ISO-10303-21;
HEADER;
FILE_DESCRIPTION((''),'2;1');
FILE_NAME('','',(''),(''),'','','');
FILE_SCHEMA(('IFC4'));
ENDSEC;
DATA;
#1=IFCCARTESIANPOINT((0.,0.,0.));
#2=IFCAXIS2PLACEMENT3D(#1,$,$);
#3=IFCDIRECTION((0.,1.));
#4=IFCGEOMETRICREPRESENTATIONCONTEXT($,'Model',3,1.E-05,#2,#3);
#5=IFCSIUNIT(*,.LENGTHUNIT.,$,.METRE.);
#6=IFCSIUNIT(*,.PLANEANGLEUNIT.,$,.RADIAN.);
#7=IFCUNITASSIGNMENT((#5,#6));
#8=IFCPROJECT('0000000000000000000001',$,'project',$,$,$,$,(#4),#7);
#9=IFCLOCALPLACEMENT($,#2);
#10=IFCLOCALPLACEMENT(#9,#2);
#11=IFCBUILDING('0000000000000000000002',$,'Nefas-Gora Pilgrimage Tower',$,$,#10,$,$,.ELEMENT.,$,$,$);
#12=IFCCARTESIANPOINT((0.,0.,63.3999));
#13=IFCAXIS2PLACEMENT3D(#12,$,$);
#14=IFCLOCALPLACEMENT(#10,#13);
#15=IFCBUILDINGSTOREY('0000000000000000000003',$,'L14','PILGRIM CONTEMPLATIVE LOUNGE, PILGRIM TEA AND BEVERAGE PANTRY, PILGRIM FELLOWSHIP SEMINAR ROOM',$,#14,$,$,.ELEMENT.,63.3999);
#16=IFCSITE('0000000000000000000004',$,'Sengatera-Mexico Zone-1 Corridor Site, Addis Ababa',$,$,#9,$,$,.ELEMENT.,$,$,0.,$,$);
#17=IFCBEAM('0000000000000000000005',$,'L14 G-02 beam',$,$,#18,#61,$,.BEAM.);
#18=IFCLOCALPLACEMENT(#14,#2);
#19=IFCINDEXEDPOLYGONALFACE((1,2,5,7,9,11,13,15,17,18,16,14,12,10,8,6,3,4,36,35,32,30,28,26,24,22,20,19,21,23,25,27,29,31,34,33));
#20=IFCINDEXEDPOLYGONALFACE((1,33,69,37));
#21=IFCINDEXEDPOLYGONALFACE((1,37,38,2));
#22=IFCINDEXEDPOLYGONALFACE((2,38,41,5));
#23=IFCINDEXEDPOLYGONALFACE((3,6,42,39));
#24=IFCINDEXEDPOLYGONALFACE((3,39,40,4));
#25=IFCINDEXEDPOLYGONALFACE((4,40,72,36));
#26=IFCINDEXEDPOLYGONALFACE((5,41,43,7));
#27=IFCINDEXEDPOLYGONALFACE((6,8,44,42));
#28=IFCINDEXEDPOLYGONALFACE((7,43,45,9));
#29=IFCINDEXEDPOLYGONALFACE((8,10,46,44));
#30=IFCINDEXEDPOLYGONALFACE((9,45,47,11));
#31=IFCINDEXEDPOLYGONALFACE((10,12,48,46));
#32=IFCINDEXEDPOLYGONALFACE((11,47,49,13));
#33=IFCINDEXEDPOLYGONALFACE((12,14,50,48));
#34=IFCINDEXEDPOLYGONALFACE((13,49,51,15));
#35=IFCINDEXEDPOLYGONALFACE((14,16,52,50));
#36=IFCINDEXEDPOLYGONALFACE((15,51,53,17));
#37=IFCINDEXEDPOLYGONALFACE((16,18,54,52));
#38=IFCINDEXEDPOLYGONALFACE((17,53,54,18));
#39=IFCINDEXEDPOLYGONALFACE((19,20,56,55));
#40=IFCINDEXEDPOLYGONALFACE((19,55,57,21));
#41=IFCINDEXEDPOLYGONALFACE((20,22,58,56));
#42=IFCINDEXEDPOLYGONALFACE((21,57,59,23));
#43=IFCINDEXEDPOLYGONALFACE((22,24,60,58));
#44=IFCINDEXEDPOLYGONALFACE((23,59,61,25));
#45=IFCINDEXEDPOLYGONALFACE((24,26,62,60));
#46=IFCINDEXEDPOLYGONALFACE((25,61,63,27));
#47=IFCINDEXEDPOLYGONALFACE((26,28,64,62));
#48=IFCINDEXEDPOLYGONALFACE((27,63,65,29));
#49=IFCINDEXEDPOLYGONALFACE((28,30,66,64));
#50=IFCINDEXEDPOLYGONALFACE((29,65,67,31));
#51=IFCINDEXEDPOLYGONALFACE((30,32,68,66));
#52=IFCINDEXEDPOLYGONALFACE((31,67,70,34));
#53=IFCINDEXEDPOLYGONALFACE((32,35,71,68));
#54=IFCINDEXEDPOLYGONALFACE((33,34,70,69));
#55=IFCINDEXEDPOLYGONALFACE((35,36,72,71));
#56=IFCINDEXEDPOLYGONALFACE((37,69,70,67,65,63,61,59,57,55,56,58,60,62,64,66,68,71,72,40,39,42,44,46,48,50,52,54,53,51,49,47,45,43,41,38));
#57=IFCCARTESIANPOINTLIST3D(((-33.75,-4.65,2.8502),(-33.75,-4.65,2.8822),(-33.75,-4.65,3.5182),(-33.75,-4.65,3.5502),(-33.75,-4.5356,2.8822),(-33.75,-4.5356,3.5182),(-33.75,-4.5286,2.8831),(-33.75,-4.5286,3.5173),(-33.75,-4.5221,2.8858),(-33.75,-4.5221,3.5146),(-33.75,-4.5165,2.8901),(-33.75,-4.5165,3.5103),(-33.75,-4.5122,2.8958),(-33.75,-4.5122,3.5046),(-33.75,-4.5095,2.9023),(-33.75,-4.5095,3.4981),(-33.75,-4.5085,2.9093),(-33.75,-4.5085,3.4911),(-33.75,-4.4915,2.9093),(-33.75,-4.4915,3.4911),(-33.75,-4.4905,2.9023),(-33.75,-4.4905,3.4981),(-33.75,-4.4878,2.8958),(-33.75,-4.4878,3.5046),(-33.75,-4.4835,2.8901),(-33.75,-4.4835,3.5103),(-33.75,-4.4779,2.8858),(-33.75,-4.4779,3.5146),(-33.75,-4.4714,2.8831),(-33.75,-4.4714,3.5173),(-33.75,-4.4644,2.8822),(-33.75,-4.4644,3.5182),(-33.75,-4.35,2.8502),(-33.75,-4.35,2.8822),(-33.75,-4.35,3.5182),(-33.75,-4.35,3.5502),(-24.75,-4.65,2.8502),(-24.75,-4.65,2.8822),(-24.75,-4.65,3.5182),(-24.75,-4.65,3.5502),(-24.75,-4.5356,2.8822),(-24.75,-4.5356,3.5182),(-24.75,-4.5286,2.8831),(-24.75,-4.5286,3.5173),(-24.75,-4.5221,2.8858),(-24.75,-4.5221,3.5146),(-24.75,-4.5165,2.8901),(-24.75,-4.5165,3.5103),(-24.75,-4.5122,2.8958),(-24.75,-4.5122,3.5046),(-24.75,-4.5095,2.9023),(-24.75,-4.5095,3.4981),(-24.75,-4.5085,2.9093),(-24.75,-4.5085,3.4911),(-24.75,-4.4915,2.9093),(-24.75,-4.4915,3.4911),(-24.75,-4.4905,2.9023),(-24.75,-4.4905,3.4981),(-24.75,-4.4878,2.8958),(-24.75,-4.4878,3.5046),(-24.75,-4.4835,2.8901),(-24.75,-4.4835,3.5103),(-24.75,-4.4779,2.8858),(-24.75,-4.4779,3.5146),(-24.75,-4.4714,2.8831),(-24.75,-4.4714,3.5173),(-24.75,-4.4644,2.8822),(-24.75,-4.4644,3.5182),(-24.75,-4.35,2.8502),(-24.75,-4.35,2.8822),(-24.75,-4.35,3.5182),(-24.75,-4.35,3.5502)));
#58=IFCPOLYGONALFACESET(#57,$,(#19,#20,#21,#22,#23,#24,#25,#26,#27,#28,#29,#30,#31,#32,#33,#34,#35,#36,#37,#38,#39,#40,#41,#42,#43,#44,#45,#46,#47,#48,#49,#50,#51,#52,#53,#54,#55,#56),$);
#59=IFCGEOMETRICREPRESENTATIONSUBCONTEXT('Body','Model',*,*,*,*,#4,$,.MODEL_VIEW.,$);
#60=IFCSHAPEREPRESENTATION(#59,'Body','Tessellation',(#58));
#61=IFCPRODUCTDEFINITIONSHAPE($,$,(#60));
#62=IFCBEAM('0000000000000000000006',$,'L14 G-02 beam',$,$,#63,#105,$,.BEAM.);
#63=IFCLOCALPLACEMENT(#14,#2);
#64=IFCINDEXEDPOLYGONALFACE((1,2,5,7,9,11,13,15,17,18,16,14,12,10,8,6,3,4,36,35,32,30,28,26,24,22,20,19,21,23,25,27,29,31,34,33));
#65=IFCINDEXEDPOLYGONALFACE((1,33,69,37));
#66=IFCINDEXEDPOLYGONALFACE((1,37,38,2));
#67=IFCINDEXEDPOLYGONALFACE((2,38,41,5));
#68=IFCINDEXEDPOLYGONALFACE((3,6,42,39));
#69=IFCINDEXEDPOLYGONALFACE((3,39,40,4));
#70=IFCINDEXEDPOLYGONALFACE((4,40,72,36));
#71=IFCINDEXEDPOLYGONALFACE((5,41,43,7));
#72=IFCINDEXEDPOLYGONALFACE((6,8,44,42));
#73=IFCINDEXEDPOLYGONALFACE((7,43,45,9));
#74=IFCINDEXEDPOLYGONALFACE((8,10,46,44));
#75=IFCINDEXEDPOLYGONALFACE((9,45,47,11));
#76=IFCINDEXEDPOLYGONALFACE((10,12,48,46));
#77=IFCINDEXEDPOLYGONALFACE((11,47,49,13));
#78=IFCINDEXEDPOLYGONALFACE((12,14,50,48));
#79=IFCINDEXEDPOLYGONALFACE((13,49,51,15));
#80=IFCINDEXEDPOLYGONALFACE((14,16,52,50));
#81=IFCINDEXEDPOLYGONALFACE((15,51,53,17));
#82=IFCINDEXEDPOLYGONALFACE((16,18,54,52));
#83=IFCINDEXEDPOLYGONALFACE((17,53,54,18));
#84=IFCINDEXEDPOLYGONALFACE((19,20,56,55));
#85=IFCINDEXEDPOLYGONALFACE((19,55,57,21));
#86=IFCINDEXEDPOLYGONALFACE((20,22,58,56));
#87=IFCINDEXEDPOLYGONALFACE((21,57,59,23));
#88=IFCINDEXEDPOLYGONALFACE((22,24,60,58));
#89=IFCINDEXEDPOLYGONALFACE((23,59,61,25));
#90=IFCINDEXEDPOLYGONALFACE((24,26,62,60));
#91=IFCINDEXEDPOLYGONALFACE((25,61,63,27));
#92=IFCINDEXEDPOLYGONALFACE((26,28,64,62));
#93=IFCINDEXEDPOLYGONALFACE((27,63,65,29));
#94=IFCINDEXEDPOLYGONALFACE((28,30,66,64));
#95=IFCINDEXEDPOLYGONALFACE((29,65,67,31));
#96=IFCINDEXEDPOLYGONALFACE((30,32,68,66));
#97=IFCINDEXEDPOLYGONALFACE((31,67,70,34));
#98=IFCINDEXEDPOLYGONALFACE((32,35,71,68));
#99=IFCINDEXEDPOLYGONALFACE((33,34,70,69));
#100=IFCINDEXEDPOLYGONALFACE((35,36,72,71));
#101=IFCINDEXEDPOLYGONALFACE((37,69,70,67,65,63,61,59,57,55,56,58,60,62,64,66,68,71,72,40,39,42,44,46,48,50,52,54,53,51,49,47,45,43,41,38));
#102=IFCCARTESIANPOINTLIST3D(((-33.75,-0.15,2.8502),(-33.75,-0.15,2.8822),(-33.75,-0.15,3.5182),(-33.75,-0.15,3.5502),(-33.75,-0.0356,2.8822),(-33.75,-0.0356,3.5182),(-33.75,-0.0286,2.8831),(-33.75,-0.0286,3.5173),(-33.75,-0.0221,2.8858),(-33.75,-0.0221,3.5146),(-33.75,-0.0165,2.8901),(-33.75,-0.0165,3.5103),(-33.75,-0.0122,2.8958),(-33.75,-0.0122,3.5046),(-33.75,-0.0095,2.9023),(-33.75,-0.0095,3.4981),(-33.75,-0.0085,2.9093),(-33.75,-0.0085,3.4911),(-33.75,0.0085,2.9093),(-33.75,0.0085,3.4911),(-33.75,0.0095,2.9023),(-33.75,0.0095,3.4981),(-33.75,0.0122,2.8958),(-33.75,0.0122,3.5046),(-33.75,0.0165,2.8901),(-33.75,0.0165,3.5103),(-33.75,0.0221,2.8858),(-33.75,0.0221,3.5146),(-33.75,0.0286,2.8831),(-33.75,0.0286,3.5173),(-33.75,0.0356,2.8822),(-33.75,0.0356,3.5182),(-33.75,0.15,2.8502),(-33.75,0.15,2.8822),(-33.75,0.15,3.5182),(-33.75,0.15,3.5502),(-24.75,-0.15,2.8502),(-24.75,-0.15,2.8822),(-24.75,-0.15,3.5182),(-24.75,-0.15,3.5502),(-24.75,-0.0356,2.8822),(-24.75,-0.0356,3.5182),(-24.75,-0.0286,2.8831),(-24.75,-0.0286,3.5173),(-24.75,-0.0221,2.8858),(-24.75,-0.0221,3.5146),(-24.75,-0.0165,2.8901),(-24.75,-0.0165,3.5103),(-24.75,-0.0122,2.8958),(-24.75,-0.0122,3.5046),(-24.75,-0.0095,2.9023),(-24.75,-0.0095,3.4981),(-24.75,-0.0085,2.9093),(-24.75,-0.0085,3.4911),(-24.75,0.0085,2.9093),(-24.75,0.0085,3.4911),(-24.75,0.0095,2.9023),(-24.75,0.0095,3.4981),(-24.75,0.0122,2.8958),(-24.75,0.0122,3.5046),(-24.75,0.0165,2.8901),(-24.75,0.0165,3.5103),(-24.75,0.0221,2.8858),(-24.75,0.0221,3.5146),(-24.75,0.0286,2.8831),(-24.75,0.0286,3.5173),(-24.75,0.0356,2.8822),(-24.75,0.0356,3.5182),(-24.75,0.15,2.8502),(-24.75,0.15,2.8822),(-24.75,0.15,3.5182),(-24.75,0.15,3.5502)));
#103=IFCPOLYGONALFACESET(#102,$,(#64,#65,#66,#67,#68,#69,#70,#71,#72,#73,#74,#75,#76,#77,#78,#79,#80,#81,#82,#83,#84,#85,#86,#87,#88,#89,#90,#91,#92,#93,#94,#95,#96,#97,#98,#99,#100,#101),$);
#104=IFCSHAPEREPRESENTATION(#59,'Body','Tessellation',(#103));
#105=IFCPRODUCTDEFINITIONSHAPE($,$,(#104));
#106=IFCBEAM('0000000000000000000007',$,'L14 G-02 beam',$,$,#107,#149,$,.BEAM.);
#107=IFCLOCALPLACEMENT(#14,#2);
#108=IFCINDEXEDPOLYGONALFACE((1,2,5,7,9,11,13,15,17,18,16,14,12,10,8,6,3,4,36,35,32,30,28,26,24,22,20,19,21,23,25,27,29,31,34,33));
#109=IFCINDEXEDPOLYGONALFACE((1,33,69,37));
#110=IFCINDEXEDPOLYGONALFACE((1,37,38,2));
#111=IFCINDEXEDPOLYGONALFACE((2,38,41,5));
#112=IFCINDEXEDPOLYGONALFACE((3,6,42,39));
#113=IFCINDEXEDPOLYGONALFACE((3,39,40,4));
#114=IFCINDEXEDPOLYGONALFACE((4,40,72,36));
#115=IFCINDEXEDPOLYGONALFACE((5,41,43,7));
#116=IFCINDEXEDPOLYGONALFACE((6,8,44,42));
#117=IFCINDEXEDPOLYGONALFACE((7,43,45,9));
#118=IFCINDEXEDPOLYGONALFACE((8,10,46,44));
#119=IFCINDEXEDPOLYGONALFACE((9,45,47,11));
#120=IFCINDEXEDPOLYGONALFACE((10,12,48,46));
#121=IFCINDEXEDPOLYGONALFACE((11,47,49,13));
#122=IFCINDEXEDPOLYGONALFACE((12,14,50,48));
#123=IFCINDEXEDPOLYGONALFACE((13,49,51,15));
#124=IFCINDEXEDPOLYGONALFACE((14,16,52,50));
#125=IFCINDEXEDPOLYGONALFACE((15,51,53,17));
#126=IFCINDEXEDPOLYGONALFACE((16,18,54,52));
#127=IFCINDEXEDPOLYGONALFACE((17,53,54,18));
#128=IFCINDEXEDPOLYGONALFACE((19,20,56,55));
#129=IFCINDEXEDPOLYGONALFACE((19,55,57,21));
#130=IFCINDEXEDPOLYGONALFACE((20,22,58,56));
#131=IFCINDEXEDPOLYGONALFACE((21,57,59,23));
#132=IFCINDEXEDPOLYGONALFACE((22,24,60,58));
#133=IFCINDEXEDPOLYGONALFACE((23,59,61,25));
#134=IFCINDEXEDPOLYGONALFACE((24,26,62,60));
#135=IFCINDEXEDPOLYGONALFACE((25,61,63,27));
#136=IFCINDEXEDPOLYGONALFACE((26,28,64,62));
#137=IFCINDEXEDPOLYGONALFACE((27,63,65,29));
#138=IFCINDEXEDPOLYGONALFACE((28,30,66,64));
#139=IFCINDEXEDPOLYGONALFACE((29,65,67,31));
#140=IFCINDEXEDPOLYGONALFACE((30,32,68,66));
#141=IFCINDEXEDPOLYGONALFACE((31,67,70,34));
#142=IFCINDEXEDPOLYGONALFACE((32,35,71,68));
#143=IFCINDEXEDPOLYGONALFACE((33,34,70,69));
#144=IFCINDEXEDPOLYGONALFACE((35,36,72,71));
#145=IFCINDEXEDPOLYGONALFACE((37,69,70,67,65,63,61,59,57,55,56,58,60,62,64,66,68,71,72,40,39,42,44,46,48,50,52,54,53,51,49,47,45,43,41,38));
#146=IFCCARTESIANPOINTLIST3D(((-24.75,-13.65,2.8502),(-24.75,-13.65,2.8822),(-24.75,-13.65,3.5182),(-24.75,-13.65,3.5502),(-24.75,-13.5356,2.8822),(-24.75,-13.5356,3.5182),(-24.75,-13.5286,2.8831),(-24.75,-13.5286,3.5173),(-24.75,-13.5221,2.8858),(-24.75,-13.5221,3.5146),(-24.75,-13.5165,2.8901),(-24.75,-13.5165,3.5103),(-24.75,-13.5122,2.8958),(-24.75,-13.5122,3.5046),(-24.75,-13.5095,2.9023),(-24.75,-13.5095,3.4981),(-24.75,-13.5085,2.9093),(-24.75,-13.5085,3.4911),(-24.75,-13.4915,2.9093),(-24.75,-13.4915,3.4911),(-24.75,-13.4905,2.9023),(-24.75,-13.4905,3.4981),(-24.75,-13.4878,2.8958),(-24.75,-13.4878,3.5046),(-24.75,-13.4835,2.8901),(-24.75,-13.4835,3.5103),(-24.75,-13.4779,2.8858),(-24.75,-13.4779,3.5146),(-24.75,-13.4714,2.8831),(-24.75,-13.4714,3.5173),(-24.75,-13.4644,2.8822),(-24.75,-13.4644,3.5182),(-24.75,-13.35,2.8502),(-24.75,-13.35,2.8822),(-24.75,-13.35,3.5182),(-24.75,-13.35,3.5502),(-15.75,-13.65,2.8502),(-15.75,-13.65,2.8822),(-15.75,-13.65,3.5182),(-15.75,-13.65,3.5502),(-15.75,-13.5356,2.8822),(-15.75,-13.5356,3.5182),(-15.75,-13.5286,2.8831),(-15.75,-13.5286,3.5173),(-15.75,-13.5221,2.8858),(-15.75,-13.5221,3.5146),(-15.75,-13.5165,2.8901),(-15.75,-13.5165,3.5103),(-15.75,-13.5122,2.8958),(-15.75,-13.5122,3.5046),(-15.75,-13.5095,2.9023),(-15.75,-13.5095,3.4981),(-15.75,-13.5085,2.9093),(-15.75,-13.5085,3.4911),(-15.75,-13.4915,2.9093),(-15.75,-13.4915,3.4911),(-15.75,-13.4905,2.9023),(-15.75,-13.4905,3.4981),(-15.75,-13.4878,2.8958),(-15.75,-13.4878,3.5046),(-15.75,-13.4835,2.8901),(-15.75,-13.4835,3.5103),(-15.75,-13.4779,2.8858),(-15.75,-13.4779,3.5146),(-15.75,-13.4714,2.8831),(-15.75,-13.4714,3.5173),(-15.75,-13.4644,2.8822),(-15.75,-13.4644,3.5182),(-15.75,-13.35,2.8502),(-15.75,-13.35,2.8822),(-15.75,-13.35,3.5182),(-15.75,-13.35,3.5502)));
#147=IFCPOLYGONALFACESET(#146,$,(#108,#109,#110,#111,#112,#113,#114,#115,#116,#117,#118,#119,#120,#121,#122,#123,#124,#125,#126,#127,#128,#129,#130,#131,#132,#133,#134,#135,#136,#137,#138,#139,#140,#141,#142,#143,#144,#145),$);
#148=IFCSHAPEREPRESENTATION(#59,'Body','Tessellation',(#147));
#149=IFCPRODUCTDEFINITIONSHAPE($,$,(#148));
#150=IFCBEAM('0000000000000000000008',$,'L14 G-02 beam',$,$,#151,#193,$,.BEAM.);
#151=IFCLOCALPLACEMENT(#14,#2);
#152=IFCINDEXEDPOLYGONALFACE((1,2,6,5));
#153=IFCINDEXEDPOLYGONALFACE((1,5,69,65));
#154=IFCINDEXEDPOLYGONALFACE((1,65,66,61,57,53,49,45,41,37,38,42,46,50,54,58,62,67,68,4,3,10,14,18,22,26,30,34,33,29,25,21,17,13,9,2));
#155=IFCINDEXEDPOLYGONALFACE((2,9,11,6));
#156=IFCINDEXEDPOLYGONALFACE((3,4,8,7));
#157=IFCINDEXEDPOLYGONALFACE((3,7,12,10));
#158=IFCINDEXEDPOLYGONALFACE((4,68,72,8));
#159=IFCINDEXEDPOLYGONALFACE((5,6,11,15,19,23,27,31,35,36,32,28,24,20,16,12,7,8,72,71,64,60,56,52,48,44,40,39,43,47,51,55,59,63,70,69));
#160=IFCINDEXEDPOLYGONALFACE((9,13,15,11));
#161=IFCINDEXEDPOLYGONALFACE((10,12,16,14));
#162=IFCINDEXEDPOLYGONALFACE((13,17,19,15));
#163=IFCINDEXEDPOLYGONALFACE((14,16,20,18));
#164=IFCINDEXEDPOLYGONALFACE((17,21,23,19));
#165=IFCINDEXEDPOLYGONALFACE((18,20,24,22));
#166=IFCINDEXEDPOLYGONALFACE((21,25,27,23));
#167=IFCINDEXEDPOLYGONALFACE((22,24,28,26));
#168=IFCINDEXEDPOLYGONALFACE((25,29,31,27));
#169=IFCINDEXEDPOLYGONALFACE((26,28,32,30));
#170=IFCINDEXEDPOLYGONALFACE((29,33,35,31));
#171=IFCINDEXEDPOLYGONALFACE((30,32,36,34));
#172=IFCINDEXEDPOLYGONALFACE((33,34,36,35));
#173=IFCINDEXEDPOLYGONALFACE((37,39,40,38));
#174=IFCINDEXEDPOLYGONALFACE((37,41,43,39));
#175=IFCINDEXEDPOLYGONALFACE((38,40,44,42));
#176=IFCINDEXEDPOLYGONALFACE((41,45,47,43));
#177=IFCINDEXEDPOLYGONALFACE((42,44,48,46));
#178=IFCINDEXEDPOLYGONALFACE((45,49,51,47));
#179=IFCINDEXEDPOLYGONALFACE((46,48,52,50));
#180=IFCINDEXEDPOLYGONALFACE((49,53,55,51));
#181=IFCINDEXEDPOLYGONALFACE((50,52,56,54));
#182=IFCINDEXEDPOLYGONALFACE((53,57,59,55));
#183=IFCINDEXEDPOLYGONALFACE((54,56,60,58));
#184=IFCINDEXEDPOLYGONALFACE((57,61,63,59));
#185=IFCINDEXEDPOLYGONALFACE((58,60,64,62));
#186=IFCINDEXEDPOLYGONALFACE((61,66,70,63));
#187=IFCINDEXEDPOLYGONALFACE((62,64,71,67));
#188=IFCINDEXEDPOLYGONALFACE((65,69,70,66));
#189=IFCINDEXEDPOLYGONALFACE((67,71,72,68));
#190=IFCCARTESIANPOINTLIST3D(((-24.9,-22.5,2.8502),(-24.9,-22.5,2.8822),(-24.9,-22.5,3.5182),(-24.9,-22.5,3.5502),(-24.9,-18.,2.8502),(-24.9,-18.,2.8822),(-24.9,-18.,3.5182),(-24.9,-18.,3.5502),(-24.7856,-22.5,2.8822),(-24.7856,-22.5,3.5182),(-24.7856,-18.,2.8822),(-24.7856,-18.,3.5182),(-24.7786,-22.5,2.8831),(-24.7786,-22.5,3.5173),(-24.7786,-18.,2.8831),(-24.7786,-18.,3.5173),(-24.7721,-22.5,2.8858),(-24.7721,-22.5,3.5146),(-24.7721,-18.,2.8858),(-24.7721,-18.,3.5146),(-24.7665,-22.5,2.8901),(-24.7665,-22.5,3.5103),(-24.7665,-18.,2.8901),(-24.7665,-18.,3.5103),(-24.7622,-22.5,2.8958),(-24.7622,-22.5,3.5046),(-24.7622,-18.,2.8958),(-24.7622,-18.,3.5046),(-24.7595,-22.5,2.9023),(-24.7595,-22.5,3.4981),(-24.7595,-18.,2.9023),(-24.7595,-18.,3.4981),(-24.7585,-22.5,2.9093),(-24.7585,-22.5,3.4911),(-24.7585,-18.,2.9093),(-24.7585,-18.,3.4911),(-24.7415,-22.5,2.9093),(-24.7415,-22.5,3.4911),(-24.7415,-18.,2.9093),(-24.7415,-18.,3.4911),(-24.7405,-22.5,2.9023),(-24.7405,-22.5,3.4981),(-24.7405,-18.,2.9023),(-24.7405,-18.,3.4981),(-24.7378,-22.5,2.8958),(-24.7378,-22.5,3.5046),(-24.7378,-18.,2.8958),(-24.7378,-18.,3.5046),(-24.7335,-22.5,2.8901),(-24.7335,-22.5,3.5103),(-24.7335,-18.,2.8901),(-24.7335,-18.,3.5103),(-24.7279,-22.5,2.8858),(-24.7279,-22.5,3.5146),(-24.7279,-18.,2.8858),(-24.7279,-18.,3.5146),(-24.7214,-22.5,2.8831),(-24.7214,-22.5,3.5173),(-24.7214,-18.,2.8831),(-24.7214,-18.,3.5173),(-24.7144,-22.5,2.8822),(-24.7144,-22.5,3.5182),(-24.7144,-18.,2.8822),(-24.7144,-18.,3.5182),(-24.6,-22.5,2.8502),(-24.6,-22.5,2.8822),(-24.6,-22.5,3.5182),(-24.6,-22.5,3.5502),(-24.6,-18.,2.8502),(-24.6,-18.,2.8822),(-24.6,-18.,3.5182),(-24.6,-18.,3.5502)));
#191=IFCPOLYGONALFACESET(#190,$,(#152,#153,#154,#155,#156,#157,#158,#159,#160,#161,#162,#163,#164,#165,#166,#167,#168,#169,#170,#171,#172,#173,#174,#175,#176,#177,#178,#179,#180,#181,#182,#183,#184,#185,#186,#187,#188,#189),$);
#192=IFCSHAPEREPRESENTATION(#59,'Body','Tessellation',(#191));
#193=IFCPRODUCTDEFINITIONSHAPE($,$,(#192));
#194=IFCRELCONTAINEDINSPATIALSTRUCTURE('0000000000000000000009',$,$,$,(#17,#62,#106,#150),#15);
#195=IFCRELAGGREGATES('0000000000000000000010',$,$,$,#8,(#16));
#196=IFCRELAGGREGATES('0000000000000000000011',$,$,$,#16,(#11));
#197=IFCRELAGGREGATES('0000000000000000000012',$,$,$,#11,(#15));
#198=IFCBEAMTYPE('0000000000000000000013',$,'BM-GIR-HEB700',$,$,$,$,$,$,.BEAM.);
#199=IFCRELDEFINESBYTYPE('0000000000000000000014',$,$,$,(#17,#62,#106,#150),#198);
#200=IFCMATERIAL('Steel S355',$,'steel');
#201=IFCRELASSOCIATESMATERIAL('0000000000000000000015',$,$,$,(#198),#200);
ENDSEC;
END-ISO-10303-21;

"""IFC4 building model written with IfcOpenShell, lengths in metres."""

from ifc_helpers import new_model, si_unit, direction, frame, origin, origin_2d, place, context, subcontext, project, spatial, i_section, extrude, source, transform, mapped, material, material_profile, profile_set, type_object, element, save


model = new_model("IFC4")

# Units and contexts
model_context = context("Model", 3, precision=1e-05, world=origin(), true_north=direction((0.0, 1.0)))
body_context = subcontext(model_context, "Body", "Model", "MODEL_VIEW")
ifc_project = project(units=[si_unit("LENGTHUNIT", "METRE"), si_unit("PLANEANGLEUNIT", "RADIAN")], contexts=[model_context])

# Site, building, storey
site_placement = place(None, origin())
site = spatial("IfcSite", under=ifc_project, at=site_placement, Name="Sengatera-Mexico Zone-1 Corridor Site, Addis Ababa", CompositionType="ELEMENT", RefElevation=0.0)
building_placement = place(site_placement, origin())
building = spatial("IfcBuilding", under=site, at=building_placement, Name="Nefas-Gora Pilgrimage Tower", CompositionType="ELEMENT")
storey_placement = place(building_placement, frame((0.0, 0.0, 63.3999)))
storey = spatial("IfcBuildingStorey", under=building, at=storey_placement, Name="L14", Description="PILGRIM CONTEMPLATIVE LOUNGE, PILGRIM TEA AND BEVERAGE PANTRY, PILGRIM FELLOWSHIP SEMINAR ROOM", CompositionType="ELEMENT", Elevation=63.3999)

# Beams
ifc_material_1 = material(Name="Steel S355", Category="steel")
ifc_material_profile_1 = material_profile(ifc_material_1, i_section(OverallWidth=0.3, OverallDepth=0.7, WebThickness=0.0171, FlangeThickness=0.032, FilletRadius=0.0271, at=origin_2d()), Name="HEB 700")
ifc_profile_set_1 = profile_set([ifc_material_profile_1], Name="Steel S355")
beam_type_1 = type_object("IfcBeamType", Name="BM-GIR-HEB700", PredefinedType="BEAM", material=ifc_profile_set_1)
shared_shape_1 = source(origin(), body_context, "Body", "SweptSolid", [
    extrude(i_section(OverallWidth=0.3, OverallDepth=0.7, WebThickness=0.0171, FlangeThickness=0.032, FilletRadius=0.0271, at=origin_2d()), origin(), (0.0, 0.0, 1.0), 9.0),
])
for number, where, z_axis, x_axis, name in (
    (1, (-33.75, -4.5, 3.2002), (1.0, 0.0, 0.0), (0.0, 1.0, 0.0), "L14 G-02 beam"),
    (2, (-33.75, 0.0, 3.2002), (1.0, 0.0, 0.0), (0.0, 1.0, 0.0), "L14 G-02 beam"),
    (3, (-24.75, -13.5, 3.2002), (1.0, 0.0, 0.0), (0.0, 1.0, 0.0), "L14 G-02 beam"),
):
    element("IfcBeam", number, at=place(storey_placement, frame(where, z_axis=z_axis, x_axis=x_axis)), inside=storey, type_object=beam_type_1, Name=name, PredefinedType="BEAM", context=body_context, shape_type="MappedRepresentation", body=[
        mapped(shared_shape_1, transform((0.0, 0.0, 0.0), x_axis=(1.0, 0.0, 0.0), y_axis=(0.0, 1.0, 0.0), z_axis=(0.0, 0.0, 1.0), scale=1.0)),
    ])
shared_shape_2 = source(origin(), body_context, "Body", "SweptSolid", [
    extrude(i_section(OverallWidth=0.3, OverallDepth=0.7, WebThickness=0.0171, FlangeThickness=0.032, FilletRadius=0.0271, at=origin_2d()), origin(), (0.0, 0.0, 1.0), 4.5),
])
for number, where, z_axis, x_axis, name in (
    (4, (-24.75, -22.5, 3.2002), (0.0, 1.0, 0.0), (-1.0, 0.0, 0.0), "L14 G-02 beam"),
):
    element("IfcBeam", number, at=place(storey_placement, frame(where, z_axis=z_axis, x_axis=x_axis)), inside=storey, type_object=beam_type_1, Name=name, PredefinedType="BEAM", context=body_context, shape_type="MappedRepresentation", body=[
        mapped(shared_shape_2, transform((0.0, 0.0, 0.0), x_axis=(1.0, 0.0, 0.0), y_axis=(0.0, 1.0, 0.0), z_axis=(0.0, 0.0, 1.0), scale=1.0)),
    ])

save(model, "model.ifc")
